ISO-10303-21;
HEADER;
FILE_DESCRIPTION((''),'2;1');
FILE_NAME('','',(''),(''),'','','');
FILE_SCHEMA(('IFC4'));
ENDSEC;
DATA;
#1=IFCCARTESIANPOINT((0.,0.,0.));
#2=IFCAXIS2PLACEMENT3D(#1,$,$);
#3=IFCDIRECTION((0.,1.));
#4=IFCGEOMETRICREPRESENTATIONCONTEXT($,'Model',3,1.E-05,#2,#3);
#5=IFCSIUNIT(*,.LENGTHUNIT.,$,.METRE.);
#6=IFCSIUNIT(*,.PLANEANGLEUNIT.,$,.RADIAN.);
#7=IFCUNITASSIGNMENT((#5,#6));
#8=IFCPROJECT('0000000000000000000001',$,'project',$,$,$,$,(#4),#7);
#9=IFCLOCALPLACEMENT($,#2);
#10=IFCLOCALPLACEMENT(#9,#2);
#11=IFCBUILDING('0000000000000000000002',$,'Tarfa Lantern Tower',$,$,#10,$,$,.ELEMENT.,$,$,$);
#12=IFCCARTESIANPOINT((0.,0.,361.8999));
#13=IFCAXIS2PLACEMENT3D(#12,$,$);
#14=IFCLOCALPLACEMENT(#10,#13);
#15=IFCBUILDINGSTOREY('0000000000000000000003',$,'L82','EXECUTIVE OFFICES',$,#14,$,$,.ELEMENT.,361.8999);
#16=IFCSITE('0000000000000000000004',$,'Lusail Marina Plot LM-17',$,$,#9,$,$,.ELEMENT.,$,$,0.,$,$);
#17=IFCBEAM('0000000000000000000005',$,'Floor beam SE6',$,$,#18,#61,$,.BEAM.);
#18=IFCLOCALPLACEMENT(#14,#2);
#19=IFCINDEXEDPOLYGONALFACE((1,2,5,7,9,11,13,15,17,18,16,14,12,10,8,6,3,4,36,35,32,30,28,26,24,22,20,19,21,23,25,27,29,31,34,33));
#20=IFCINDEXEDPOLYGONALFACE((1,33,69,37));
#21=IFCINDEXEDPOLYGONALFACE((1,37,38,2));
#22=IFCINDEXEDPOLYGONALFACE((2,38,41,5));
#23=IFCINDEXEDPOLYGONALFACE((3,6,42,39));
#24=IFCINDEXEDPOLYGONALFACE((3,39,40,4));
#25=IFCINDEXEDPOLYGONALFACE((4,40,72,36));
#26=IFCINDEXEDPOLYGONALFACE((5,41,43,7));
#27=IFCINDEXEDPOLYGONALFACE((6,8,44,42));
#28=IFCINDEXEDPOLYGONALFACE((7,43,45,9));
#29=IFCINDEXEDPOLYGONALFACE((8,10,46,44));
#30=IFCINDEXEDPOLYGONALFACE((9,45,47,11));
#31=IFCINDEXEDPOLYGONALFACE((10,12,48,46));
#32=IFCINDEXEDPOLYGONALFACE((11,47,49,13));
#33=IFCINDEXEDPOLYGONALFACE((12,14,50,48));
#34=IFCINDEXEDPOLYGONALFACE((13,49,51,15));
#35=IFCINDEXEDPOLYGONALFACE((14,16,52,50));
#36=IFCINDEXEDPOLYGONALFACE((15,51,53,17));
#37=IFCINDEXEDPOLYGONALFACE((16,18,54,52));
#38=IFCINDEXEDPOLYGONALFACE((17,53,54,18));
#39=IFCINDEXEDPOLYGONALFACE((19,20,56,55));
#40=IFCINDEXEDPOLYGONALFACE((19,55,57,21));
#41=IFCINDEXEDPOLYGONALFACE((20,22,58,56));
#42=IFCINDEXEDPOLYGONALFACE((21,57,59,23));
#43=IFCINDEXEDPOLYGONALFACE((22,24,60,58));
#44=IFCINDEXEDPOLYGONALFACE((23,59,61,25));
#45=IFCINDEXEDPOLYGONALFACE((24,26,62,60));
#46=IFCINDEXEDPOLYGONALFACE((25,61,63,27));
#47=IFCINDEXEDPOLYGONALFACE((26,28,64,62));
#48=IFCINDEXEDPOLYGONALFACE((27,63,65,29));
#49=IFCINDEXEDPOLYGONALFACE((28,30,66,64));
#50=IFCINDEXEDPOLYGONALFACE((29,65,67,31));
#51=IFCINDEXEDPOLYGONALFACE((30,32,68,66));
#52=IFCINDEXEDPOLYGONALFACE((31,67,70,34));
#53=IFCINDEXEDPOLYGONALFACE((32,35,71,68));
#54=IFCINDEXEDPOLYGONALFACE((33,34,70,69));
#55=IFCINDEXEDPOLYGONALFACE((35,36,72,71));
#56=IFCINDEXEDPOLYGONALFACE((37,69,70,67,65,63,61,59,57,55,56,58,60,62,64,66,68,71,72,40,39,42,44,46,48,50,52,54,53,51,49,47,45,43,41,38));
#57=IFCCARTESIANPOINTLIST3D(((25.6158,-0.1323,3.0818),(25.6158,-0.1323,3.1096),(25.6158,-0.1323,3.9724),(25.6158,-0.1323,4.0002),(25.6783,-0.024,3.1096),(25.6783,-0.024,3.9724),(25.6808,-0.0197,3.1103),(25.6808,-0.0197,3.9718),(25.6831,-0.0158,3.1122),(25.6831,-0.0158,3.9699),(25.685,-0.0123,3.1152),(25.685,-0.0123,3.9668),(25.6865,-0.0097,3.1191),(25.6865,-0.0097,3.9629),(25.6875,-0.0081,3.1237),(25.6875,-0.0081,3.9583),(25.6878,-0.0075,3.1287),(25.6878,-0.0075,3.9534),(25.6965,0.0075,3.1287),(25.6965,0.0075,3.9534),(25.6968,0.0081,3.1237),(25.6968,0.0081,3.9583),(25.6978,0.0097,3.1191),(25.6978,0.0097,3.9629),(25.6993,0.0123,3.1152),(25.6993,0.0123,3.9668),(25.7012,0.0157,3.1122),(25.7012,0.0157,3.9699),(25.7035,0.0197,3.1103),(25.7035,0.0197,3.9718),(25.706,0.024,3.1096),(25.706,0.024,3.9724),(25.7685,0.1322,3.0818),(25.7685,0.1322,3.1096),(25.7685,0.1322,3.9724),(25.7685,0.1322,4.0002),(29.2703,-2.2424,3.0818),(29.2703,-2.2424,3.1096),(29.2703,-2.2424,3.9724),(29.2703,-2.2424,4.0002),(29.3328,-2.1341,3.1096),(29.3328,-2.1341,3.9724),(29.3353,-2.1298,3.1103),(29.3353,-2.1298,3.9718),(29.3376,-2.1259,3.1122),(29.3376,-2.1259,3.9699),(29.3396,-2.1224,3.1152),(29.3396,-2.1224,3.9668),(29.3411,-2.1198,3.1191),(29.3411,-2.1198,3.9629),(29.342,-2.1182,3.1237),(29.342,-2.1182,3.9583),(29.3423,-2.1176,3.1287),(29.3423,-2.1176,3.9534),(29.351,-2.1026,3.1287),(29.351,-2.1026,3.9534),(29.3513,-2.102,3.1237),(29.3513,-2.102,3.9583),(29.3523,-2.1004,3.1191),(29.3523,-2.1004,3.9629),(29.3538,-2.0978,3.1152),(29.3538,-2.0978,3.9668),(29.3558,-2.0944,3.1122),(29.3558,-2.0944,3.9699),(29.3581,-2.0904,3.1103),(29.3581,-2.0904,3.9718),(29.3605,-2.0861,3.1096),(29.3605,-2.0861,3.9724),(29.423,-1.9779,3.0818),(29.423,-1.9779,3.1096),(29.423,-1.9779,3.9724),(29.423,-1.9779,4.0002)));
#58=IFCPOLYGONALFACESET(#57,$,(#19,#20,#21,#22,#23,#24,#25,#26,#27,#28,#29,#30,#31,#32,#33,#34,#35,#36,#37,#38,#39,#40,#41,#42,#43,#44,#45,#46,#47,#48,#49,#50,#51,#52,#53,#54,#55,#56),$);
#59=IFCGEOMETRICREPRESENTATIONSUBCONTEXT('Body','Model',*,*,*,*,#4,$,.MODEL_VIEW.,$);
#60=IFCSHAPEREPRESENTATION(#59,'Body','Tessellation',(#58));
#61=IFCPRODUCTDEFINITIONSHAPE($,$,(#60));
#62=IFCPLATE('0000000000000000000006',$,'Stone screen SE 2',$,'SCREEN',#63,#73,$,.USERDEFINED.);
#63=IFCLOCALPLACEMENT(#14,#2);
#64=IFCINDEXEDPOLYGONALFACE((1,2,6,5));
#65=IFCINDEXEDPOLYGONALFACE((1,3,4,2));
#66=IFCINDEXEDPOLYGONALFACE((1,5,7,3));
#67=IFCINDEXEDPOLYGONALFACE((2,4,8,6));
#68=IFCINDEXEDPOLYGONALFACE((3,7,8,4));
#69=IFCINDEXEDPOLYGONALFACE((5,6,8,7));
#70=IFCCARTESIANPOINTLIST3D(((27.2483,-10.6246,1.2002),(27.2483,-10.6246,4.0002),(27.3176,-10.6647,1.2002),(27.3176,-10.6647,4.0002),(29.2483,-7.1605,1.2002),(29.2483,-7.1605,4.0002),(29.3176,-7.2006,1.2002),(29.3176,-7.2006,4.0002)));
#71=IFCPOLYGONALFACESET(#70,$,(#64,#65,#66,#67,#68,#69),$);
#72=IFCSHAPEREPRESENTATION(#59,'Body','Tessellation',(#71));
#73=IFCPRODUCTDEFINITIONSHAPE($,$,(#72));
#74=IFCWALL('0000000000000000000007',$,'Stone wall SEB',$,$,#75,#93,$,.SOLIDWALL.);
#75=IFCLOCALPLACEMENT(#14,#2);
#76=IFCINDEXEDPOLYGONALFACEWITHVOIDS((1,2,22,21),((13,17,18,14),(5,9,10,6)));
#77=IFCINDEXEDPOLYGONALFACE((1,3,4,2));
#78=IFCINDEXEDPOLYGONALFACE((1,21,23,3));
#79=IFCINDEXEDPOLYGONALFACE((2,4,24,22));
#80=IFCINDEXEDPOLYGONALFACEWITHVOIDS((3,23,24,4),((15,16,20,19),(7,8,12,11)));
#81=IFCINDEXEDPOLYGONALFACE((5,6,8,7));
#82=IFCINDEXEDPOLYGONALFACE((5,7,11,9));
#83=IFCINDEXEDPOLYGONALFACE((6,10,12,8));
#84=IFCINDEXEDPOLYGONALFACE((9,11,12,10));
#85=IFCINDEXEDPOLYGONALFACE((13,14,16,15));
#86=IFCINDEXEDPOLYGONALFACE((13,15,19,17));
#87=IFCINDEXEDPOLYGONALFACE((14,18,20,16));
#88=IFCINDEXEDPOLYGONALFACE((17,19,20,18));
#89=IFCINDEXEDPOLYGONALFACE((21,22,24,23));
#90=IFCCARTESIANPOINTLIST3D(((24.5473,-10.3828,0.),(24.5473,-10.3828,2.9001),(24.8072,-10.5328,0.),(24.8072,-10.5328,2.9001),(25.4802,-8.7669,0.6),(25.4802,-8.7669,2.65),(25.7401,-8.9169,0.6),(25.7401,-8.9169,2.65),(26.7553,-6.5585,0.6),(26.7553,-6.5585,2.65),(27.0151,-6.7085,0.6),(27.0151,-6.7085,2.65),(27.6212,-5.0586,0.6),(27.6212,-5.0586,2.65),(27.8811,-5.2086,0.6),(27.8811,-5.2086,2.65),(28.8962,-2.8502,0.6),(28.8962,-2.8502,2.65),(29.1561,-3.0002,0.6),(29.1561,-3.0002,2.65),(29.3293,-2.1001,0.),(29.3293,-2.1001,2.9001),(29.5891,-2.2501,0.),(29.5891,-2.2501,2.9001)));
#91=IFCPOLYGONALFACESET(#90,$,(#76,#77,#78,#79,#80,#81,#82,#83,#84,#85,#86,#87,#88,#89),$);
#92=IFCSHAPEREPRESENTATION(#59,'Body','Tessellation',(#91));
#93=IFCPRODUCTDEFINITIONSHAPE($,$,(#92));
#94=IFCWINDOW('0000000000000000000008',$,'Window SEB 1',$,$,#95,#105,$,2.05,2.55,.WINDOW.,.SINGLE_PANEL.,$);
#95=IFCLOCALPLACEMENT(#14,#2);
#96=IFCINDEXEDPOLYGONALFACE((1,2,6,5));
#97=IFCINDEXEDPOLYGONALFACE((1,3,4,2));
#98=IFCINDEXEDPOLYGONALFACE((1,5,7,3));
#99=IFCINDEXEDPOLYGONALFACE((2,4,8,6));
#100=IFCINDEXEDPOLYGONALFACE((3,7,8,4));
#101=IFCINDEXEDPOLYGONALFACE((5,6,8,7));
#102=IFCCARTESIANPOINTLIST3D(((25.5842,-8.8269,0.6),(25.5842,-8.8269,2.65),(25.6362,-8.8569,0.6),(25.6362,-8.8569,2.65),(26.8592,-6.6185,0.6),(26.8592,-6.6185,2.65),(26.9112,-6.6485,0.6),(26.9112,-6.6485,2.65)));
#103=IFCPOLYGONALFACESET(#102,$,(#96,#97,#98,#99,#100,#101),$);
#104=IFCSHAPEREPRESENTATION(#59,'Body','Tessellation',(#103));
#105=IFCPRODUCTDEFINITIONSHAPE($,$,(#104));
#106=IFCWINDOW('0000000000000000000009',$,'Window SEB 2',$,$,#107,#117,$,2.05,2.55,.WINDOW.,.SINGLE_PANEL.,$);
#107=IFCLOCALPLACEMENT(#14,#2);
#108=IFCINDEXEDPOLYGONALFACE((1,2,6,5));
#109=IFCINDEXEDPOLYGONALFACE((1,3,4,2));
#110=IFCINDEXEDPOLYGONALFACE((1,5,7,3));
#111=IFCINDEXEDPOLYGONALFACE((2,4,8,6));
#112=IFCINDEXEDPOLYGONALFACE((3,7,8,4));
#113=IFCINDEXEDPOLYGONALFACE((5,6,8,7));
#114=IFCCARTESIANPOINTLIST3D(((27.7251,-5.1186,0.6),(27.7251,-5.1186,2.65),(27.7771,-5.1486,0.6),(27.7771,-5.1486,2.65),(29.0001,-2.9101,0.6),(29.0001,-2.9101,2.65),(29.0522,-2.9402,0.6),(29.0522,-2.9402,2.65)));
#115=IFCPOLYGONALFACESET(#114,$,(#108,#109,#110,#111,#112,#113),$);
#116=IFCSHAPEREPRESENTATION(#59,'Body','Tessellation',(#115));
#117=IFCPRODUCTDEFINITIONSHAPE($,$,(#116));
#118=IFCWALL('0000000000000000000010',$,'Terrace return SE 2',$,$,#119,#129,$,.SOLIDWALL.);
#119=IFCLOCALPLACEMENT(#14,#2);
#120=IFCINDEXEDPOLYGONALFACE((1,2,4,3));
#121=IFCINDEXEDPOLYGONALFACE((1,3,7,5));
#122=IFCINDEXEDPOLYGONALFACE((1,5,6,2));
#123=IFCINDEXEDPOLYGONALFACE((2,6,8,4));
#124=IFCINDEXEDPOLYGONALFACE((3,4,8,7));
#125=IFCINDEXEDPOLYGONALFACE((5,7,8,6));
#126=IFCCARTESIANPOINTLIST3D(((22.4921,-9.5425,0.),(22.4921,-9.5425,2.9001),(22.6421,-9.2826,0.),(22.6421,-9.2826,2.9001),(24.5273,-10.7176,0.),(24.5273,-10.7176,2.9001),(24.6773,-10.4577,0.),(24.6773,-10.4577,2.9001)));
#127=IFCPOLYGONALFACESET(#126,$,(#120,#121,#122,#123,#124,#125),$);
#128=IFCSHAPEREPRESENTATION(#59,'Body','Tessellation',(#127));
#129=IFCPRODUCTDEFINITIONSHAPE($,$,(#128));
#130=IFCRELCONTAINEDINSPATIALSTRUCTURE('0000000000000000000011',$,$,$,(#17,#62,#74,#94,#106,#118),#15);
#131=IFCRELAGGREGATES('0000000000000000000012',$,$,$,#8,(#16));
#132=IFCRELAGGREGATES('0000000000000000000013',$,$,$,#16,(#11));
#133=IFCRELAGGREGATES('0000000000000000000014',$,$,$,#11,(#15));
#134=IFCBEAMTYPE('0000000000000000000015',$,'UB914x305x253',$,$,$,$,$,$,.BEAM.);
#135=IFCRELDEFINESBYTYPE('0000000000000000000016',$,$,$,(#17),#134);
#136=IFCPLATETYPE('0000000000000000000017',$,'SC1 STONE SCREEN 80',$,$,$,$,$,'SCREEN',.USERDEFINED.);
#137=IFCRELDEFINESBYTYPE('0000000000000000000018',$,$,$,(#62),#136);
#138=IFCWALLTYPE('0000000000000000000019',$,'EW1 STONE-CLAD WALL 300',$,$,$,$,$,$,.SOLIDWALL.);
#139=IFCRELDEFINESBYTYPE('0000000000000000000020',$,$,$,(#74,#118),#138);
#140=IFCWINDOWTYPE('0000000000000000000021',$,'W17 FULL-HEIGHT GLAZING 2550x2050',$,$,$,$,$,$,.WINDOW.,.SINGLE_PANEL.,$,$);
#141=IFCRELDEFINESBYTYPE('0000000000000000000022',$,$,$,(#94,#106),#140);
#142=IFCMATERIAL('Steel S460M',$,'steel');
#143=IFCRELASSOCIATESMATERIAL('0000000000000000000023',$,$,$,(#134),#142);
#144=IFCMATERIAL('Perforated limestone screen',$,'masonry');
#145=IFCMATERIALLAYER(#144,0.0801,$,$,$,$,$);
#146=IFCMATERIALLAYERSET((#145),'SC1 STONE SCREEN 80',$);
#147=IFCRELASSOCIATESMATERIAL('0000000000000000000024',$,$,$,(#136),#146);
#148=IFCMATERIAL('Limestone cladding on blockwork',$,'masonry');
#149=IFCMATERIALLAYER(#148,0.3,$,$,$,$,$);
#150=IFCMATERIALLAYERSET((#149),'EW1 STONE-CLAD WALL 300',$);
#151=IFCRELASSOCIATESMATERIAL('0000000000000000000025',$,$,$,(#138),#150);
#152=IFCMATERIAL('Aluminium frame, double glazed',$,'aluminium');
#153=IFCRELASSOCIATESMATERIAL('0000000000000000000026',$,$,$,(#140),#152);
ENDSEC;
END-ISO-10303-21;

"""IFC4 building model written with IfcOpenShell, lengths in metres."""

from ifc_helpers import new_model, si_unit, direction, frame, frame_2d, origin, origin_2d, place, context, subcontext, project, spatial, rectangle, i_section, extrude, material, layer, layer_set, material_profile, profile_set, type_object, element, fill, save


model = new_model("IFC4")

# Units and contexts
model_context = context("Model", 3, precision=1e-05, world=origin(), true_north=direction((0.0, 1.0)))
body_context = subcontext(model_context, "Body", "Model", "MODEL_VIEW")
ifc_project = project(units=[si_unit("LENGTHUNIT", "METRE"), si_unit("PLANEANGLEUNIT", "RADIAN")], contexts=[model_context])

# Site, building, storey
site_placement = place(None, origin())
site = spatial("IfcSite", under=ifc_project, at=site_placement, Name="Lusail Marina Plot LM-17", CompositionType="ELEMENT", RefElevation=0.0)
building_placement = place(site_placement, origin())
building = spatial("IfcBuilding", under=site, at=building_placement, Name="Tarfa Lantern Tower", CompositionType="ELEMENT")
storey_placement = place(building_placement, frame((0.0, 0.0, 361.8999)))
storey = spatial("IfcBuildingStorey", under=building, at=storey_placement, Name="L82", Description="EXECUTIVE OFFICES", CompositionType="ELEMENT", Elevation=361.8999)

# Beam
ifc_material_1 = material(Name="Steel S460M", Category="steel")
ifc_material_profile_1 = material_profile(ifc_material_1, i_section(OverallWidth=0.3054, OverallDepth=0.9185, WebThickness=0.0173, FlangeThickness=0.0278, FilletRadius=0.019, at=origin_2d()), Name="UB914x305x253")
ifc_profile_set_1 = profile_set([ifc_material_profile_1], Name="Steel S460M")
beam_type_1 = type_object("IfcBeamType", Name="UB914x305x253", PredefinedType="BEAM", material=ifc_profile_set_1)
beam_1_placement = place(storey_placement, frame((29.3467, -2.1101, 3.541), z_axis=(-0.866009, 0.500028, 0.0), x_axis=(-0.500028, -0.866009, 0.0)))
element("IfcBeam", 1, at=beam_1_placement, inside=storey, type_object=beam_type_1, Name="Floor beam SE6", PredefinedType="BEAM", context=body_context, shape_type="SweptSolid", body=[
    extrude(i_section(OverallWidth=0.3054, OverallDepth=0.9185, WebThickness=0.0173, FlangeThickness=0.0278, FilletRadius=0.019, at=origin_2d()), origin(), (0.0, 0.0, 1.0), 4.22),
])

# Plate
ifc_material_2 = material(Name="Perforated limestone screen", Category="masonry")
ifc_layer_1 = layer(ifc_material_2, 0.0801)
ifc_layer_set_1 = layer_set([ifc_layer_1], Name="SC1 STONE SCREEN 80")
plate_type = type_object("IfcPlateType", Name="SC1 STONE SCREEN 80", ElementType="SCREEN", PredefinedType="USERDEFINED", material=ifc_layer_set_1)
plate_placement = place(storey_placement, frame((28.283, -8.9126, 1.2002), z_axis=(0.0, 0.0, 1.0), x_axis=(0.5, 0.866025, 0.0)))
element("IfcPlate", 2, at=plate_placement, inside=storey, type_object=plate_type, Name="Stone screen SE 2", ObjectType="SCREEN", PredefinedType="USERDEFINED", context=body_context, shape_type="SweptSolid", body=[
    extrude(rectangle(XDim=4.0, YDim=0.0801, at=origin_2d()), origin(), (0.0, 0.0, 1.0), 2.8),
])

# Wall, openings, windows
ifc_material_3 = material(Name="Limestone cladding on blockwork", Category="masonry")
ifc_layer_2 = layer(ifc_material_3, 0.3)
ifc_layer_set_2 = layer_set([ifc_layer_2], Name="EW1 STONE-CLAD WALL 300")
wall_type = type_object("IfcWallType", Name="EW1 STONE-CLAD WALL 300", PredefinedType="SOLIDWALL", material=ifc_layer_set_2)
wall_1_placement = place(storey_placement, frame((24.6772, -10.4578, 0.0), z_axis=(0.0, 0.0, 1.0), x_axis=(0.499996, 0.866027, 0.0)))
wall_1 = element("IfcWall", 3, at=wall_1_placement, inside=storey, type_object=wall_type, Name="Stone wall SEB", PredefinedType="SOLIDWALL", context=body_context, shape_type="SweptSolid", body=[
    extrude(rectangle(XDim=9.564, YDim=0.3, at=frame_2d((4.782, 0.0))), origin(), (0.0, 0.0, 1.0), 2.9001),
])
opening_1_placement = place(wall_1_placement, frame((1.866, 0.0, 0.6001)))
opening_1 = element("IfcOpeningElement", 4, at=opening_1_placement, cuts=wall_1, PredefinedType="OPENING", context=body_context, shape_type="SweptSolid", body=[
    extrude(rectangle(XDim=2.55, YDim=2.05, at=frame_2d((1.2749, 1.0249))), frame((0.0, 0.1599, 0.0), z_axis=(0.0, -1.0, 0.0), x_axis=(1.0, 0.0, 0.0)), (0.0, 0.0, 1.0), 0.3201),
])
opening_2_placement = place(wall_1_placement, frame((6.1479, 0.0, 0.6001)))
opening_2 = element("IfcOpeningElement", 5, at=opening_2_placement, cuts=wall_1, PredefinedType="OPENING", context=body_context, shape_type="SweptSolid", body=[
    extrude(rectangle(XDim=2.55, YDim=2.05, at=frame_2d((1.2749, 1.0249))), frame((0.0, 0.1599, 0.0), z_axis=(0.0, -1.0, 0.0), x_axis=(1.0, 0.0, 0.0)), (0.0, 0.0, 1.0), 0.3201),
])
ifc_material_4 = material(Name="Aluminium frame, double glazed", Category="aluminium")
window_type = type_object("IfcWindowType", Name="W17 FULL-HEIGHT GLAZING 2550x2050", PartitioningType="SINGLE_PANEL", PredefinedType="WINDOW", material=ifc_material_4)
window_1_placement = place(opening_1_placement, origin())
window_1 = element("IfcWindow", 6, at=window_1_placement, inside=storey, type_object=window_type, Name="Window SEB 1", OverallHeight=2.05, OverallWidth=2.55, PartitioningType="SINGLE_PANEL", PredefinedType="WINDOW", context=body_context, shape_type="SweptSolid", body=[
    extrude(rectangle(XDim=2.55, YDim=2.05, at=frame_2d((1.2749, 1.0249))), frame((0.0, 0.03, 0.0), z_axis=(0.0, -1.0, 0.0), x_axis=(1.0, 0.0, 0.0)), (0.0, 0.0, 1.0), 0.0601),
])
fill(opening_1, window_1)
window_2_placement = place(opening_2_placement, origin())
window_2 = element("IfcWindow", 7, at=window_2_placement, inside=storey, type_object=window_type, Name="Window SEB 2", OverallHeight=2.05, OverallWidth=2.55, PartitioningType="SINGLE_PANEL", PredefinedType="WINDOW", context=body_context, shape_type="SweptSolid", body=[
    extrude(rectangle(XDim=2.55, YDim=2.05, at=frame_2d((1.2749, 1.0249))), frame((0.0, 0.03, 0.0), z_axis=(0.0, -1.0, 0.0), x_axis=(1.0, 0.0, 0.0)), (0.0, 0.0, 1.0), 0.0601),
])
fill(opening_2, window_2)

# Wall
wall_2_placement = place(storey_placement, frame((24.6023, -10.5876, 0.0), z_axis=(0.0, 0.0, 1.0), x_axis=(-0.866016, 0.500016, 0.0)))
element("IfcWall", 8, at=wall_2_placement, inside=storey, type_object=wall_type, Name="Terrace return SE 2", PredefinedType="SOLIDWALL", context=body_context, shape_type="SweptSolid", body=[
    extrude(rectangle(XDim=2.3501, YDim=0.3, at=frame_2d((1.175, 0.0))), origin(), (0.0, 0.0, 1.0), 2.9001),
])

save(model, "model.ifc")
